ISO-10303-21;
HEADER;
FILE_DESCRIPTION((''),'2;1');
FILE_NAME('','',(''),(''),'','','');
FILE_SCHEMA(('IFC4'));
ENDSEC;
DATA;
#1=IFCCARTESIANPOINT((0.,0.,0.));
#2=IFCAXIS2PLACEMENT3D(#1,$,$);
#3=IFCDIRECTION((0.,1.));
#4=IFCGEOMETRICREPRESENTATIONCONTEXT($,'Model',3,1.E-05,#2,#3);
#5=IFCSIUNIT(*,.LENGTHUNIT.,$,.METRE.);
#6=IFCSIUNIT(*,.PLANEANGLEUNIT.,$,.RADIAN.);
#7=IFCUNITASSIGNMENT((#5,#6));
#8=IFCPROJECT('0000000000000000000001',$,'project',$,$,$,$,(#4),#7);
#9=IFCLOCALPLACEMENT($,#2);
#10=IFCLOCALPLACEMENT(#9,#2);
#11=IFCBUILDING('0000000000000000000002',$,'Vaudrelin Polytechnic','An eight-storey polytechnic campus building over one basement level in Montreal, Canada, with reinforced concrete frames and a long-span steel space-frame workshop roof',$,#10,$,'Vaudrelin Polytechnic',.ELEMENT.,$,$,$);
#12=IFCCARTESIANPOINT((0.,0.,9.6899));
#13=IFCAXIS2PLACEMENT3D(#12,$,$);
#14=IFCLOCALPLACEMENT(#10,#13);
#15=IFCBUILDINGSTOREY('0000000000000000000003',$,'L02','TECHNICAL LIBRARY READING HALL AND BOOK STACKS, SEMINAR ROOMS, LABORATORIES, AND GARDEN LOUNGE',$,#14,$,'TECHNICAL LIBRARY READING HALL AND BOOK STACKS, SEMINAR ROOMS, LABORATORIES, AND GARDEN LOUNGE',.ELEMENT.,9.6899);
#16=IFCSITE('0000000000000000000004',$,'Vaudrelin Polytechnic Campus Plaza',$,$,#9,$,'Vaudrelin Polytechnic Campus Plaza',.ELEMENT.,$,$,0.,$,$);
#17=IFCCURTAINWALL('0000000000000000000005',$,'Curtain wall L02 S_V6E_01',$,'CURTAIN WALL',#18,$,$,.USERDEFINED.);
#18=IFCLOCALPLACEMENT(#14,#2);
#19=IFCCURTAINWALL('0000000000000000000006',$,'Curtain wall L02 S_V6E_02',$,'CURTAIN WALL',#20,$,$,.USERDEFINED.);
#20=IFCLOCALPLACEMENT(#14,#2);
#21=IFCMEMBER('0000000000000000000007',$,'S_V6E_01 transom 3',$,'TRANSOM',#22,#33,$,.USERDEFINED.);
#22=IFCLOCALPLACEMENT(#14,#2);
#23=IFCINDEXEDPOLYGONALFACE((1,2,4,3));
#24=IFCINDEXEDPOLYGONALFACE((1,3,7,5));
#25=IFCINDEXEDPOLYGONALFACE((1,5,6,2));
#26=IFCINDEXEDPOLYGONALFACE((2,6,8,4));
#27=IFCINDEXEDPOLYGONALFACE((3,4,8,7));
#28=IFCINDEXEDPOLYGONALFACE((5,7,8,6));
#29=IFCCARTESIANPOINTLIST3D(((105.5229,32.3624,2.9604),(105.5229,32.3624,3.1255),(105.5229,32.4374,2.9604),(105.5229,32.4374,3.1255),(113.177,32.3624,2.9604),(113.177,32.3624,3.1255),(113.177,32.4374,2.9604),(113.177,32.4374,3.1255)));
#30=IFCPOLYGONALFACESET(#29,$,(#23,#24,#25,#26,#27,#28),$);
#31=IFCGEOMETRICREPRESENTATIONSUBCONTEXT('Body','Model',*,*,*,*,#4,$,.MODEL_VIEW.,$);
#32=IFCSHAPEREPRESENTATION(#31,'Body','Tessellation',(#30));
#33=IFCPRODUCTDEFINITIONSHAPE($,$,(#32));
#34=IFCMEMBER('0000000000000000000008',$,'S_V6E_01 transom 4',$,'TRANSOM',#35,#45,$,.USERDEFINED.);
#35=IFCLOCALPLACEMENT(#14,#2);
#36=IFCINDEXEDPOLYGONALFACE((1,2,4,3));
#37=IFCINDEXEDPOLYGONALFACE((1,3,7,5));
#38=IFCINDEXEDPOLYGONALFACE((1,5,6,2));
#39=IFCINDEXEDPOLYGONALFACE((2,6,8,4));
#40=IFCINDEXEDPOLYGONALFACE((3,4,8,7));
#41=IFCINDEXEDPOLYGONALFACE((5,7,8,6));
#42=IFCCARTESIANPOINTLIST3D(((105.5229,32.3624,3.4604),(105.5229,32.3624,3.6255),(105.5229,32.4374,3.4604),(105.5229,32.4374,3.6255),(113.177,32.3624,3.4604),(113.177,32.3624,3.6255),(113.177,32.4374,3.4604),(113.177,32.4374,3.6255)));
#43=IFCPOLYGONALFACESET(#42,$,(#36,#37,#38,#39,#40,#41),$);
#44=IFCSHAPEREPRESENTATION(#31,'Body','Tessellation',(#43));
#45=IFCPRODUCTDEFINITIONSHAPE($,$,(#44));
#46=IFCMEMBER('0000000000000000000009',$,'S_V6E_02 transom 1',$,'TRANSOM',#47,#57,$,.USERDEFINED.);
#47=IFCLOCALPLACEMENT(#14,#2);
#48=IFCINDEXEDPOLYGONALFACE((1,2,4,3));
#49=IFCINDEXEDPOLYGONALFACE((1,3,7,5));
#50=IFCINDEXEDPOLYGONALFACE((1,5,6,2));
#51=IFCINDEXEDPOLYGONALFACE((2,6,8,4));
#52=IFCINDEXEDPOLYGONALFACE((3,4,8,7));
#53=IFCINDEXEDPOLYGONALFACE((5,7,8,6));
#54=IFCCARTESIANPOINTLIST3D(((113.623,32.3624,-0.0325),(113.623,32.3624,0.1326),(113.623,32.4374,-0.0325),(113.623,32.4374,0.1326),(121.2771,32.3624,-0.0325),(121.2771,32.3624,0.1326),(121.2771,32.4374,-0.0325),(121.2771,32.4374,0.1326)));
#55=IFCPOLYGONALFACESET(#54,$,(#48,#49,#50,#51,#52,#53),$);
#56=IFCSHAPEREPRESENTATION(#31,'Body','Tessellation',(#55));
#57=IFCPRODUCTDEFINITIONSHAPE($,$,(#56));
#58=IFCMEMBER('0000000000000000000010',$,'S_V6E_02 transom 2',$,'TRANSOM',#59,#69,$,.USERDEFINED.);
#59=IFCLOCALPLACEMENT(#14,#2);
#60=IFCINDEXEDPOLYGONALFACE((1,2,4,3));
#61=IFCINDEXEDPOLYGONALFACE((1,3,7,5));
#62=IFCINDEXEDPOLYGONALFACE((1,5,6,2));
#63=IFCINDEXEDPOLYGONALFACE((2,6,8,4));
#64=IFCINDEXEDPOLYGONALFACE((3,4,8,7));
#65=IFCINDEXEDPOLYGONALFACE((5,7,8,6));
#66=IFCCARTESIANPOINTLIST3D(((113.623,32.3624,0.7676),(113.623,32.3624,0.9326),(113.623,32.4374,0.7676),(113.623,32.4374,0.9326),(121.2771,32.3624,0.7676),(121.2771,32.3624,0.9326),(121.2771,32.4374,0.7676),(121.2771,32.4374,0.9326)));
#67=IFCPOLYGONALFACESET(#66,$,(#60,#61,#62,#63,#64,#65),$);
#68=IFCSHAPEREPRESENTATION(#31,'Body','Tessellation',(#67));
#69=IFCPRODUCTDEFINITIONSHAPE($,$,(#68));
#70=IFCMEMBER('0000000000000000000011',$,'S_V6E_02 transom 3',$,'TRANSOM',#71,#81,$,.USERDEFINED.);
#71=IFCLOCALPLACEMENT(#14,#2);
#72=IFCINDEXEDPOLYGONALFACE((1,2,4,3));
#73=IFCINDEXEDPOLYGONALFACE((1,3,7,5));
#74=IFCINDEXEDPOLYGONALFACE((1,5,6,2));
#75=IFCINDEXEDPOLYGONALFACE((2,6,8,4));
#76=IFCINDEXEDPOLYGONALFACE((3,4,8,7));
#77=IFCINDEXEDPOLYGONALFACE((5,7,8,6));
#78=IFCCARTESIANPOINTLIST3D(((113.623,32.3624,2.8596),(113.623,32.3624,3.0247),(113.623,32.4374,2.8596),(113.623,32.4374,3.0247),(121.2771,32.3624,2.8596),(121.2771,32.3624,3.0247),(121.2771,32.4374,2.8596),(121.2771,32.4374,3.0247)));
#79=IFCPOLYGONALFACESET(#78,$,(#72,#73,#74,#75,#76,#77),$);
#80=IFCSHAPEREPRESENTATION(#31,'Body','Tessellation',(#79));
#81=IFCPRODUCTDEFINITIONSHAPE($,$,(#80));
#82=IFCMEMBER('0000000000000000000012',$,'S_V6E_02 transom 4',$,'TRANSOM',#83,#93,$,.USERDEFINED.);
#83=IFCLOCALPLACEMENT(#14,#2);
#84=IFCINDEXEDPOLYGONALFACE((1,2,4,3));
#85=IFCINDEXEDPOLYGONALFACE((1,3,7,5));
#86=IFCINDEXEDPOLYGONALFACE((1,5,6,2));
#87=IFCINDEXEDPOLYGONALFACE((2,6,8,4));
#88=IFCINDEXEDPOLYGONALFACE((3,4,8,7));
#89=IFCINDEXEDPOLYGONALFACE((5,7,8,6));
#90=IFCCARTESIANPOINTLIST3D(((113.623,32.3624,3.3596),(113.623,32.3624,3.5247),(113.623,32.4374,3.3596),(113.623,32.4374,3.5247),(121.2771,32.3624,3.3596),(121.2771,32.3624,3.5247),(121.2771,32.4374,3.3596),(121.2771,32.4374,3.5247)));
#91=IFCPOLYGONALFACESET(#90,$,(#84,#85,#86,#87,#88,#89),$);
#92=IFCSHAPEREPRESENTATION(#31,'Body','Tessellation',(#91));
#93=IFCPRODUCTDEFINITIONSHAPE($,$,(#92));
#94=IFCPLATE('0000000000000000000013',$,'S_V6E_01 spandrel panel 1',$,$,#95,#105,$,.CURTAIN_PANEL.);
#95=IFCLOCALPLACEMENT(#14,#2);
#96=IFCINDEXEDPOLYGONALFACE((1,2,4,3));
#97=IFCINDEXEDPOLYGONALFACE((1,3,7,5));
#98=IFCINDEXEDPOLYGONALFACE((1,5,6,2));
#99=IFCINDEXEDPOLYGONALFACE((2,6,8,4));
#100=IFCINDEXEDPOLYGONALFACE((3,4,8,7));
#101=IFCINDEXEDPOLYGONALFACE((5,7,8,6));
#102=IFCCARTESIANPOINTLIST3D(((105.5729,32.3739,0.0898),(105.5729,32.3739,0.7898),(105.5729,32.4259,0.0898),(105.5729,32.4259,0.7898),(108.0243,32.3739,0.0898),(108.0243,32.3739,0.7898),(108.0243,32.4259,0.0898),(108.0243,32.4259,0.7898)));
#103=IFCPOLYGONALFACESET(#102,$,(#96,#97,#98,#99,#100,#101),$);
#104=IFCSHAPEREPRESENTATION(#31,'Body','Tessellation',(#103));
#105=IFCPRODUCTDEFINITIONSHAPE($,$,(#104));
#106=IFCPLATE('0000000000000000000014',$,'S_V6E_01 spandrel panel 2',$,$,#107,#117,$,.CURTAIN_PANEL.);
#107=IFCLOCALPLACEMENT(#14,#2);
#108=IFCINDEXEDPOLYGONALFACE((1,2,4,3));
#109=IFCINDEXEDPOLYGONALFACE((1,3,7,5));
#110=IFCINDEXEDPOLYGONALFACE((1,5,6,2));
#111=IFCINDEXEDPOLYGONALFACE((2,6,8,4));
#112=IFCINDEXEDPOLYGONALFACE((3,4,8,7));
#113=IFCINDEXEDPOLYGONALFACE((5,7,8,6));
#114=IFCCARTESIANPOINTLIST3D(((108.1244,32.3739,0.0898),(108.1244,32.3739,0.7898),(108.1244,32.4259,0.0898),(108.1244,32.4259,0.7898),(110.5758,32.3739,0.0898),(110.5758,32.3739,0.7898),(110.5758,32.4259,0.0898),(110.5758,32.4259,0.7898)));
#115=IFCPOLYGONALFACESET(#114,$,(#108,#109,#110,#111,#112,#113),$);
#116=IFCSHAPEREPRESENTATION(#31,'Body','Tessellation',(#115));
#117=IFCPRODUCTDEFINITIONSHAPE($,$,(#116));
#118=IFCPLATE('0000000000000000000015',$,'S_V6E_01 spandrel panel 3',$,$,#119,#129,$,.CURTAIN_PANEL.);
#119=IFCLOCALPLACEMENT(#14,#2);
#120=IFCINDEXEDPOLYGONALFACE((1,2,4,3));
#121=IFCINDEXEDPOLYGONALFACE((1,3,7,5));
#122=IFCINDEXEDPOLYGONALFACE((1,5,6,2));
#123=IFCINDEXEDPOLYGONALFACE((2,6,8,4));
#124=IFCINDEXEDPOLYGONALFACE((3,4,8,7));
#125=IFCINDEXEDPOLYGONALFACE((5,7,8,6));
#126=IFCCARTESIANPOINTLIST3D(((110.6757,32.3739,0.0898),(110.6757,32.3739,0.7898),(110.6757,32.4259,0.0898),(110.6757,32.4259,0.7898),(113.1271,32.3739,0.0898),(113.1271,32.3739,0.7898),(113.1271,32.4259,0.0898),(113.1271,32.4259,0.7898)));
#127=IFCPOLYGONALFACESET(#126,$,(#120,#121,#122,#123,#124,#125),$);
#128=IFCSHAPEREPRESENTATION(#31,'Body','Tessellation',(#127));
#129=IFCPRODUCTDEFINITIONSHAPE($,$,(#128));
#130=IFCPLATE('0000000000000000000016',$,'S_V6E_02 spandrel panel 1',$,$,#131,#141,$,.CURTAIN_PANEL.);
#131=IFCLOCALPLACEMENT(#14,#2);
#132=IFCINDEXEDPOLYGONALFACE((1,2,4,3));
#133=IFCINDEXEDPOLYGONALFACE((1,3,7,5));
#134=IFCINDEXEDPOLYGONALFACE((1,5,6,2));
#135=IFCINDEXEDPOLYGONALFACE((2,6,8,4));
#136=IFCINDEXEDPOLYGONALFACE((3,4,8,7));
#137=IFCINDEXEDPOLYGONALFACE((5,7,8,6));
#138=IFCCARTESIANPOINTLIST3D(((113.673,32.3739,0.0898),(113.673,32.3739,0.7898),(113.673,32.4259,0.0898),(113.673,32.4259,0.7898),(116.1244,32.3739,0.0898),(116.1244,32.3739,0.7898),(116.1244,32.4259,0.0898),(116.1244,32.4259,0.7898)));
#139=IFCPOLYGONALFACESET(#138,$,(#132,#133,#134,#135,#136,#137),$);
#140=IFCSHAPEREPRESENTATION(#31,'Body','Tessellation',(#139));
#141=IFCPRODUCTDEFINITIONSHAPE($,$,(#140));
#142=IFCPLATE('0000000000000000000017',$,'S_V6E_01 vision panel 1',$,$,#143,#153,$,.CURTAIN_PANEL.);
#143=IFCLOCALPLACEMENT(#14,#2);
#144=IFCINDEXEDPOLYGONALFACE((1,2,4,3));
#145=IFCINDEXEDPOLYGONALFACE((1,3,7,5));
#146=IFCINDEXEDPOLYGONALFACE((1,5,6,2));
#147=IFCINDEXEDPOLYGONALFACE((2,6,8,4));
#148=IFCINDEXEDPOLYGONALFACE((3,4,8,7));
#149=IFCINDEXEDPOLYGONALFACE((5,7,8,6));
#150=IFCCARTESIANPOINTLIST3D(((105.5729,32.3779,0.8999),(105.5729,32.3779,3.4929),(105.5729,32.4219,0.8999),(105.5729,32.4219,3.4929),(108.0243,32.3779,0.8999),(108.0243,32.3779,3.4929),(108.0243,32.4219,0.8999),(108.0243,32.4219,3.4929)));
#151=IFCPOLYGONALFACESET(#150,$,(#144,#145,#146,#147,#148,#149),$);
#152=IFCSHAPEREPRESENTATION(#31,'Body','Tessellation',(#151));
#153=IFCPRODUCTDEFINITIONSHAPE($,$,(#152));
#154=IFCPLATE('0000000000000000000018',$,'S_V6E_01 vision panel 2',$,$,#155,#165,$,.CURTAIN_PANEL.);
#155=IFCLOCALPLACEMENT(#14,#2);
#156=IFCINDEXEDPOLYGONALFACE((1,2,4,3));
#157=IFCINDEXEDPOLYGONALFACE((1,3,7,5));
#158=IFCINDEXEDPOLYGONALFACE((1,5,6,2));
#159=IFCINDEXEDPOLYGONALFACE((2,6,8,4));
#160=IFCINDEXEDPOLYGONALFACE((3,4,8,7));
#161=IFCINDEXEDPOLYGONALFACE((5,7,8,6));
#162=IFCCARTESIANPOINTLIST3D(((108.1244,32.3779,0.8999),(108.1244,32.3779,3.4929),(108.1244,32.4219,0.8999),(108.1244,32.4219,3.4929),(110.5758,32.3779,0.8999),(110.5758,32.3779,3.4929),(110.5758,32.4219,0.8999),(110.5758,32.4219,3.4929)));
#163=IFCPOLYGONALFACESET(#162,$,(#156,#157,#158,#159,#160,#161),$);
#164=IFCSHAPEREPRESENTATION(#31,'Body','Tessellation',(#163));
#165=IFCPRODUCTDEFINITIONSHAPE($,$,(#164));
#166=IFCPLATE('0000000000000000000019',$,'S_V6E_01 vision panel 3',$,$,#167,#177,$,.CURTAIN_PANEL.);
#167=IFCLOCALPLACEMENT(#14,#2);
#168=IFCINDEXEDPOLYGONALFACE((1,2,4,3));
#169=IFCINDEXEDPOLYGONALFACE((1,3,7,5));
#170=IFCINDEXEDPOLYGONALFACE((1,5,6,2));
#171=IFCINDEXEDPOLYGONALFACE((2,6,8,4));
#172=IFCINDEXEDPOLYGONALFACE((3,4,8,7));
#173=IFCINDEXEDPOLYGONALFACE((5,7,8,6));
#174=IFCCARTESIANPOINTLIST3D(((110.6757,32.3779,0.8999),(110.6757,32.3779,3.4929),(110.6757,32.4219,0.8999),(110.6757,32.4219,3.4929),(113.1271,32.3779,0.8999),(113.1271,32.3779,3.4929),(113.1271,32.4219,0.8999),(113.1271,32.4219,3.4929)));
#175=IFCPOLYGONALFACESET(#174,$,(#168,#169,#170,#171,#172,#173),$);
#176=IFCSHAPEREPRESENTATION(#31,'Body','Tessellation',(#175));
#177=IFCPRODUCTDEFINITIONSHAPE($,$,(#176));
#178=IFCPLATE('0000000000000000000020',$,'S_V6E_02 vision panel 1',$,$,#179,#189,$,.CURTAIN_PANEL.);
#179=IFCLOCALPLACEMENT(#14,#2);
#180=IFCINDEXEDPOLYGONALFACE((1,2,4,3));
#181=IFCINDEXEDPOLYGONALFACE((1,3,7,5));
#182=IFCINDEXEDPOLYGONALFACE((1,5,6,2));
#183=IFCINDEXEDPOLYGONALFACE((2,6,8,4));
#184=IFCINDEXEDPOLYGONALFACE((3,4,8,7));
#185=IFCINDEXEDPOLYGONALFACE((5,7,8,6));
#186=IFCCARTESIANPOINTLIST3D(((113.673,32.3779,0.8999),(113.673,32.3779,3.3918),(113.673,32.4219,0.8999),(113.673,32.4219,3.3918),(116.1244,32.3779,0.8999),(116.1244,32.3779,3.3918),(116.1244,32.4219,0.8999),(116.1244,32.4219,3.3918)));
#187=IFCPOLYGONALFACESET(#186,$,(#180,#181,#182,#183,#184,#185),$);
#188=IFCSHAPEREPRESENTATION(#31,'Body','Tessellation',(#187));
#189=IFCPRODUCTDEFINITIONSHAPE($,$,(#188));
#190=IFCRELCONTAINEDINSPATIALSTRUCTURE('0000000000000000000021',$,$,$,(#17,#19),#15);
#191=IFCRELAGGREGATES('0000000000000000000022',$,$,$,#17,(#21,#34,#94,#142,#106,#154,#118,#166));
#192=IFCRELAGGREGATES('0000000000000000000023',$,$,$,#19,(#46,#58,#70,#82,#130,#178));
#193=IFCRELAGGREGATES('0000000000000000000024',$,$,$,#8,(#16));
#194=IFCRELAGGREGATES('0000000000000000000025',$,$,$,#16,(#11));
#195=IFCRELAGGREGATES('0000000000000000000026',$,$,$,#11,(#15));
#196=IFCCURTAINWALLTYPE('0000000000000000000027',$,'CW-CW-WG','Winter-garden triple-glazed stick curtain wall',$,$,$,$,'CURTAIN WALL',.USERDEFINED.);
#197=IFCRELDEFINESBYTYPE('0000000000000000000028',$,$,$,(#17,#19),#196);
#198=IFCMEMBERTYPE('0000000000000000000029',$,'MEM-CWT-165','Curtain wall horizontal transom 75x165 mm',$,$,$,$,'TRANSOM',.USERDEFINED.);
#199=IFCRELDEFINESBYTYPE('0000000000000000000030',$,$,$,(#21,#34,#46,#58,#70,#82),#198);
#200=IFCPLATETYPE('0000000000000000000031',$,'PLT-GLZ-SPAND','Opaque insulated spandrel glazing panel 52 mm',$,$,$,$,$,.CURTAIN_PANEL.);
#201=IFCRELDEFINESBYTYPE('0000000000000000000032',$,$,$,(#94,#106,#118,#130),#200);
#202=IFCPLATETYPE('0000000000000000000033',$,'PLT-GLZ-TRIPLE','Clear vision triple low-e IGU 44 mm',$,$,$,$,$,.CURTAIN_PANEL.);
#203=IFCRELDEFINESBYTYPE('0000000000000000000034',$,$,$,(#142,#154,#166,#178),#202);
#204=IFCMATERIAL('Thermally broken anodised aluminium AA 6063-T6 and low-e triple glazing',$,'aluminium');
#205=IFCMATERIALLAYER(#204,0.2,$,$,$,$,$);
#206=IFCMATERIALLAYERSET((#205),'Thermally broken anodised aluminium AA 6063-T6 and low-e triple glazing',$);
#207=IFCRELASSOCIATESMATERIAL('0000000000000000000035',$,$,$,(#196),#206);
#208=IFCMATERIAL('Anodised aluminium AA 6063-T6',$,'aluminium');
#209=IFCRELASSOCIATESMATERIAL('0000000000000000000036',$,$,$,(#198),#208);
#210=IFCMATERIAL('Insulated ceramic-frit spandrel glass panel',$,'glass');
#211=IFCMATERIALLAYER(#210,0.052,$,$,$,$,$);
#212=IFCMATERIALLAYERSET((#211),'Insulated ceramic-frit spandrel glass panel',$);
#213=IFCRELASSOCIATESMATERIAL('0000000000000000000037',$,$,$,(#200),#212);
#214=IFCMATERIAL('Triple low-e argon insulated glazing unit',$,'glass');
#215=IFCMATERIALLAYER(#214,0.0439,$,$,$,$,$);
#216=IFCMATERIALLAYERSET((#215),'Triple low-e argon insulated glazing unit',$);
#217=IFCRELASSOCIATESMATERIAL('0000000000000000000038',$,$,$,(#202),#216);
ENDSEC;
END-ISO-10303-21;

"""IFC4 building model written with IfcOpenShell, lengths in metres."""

from ifc_helpers import new_model, si_unit, direction, frame, origin, origin_2d, place, context, subcontext, project, spatial, rectangle, extrude, material, layer, layer_set, material_profile, profile_set, type_object, element, aggregate, save


model = new_model("IFC4")

# Units and contexts
model_context = context("Model", 3, precision=1e-05, world=origin(), true_north=direction((0.0, 1.0)))
body_context = subcontext(model_context, "Body", "Model", "MODEL_VIEW")
ifc_project = project(units=[si_unit("LENGTHUNIT", "METRE"), si_unit("PLANEANGLEUNIT", "RADIAN")], contexts=[model_context])

# Site, building, storey
site_placement = place(None, origin())
site = spatial("IfcSite", under=ifc_project, at=site_placement, Name="Vaudrelin Polytechnic Campus Plaza", LongName="Vaudrelin Polytechnic Campus Plaza", CompositionType="ELEMENT", RefElevation=0.0)
building_placement = place(site_placement, origin())
building = spatial("IfcBuilding", under=site, at=building_placement, Name="Vaudrelin Polytechnic", Description="An eight-storey polytechnic campus building over one basement level in Montreal, Canada, with reinforced concrete frames and a long-span steel space-frame workshop roof", LongName="Vaudrelin Polytechnic", CompositionType="ELEMENT")
storey_placement = place(building_placement, frame((0.0, 0.0, 9.6899)))
storey = spatial("IfcBuildingStorey", under=building, at=storey_placement, Name="L02", Description="TECHNICAL LIBRARY READING HALL AND BOOK STACKS, SEMINAR ROOMS, LABORATORIES, AND GARDEN LOUNGE", LongName="TECHNICAL LIBRARY READING HALL AND BOOK STACKS, SEMINAR ROOMS, LABORATORIES, AND GARDEN LOUNGE", CompositionType="ELEMENT", Elevation=9.6899)

# Shared definitions
ifc_material_1 = material(Name="Thermally broken anodised aluminium AA 6063-T6 and low-e triple glazing", Category="aluminium")
ifc_layer_1 = layer(ifc_material_1, 0.2)
ifc_layer_set_1 = layer_set([ifc_layer_1], Name="Thermally broken anodised aluminium AA 6063-T6 and low-e triple glazing")
curtain_wall_type = type_object("IfcCurtainWallType", Name="CW-CW-WG", Description="Winter-garden triple-glazed stick curtain wall", ElementType="CURTAIN WALL", PredefinedType="USERDEFINED", material=ifc_layer_set_1)
ifc_material_2 = material(Name="Anodised aluminium AA 6063-T6", Category="aluminium")

# Curtain walls
curtain_wall_1_placement = place(storey_placement, origin())
curtain_wall_1 = element("IfcCurtainWall", 1, at=curtain_wall_1_placement, inside=storey, type_object=curtain_wall_type, Name="Curtain wall L02 S_V6E_01", ObjectType="CURTAIN WALL", PredefinedType="USERDEFINED")
curtain_wall_2_placement = place(storey_placement, origin())
curtain_wall_2 = element("IfcCurtainWall", 2, at=curtain_wall_2_placement, inside=storey, type_object=curtain_wall_type, Name="Curtain wall L02 S_V6E_02", ObjectType="CURTAIN WALL", PredefinedType="USERDEFINED")

# Members
ifc_material_profile_1 = material_profile(ifc_material_2, rectangle(XDim=0.075, YDim=0.165, at=origin_2d()), Name="CWT-75x165")
ifc_profile_set_1 = profile_set([ifc_material_profile_1], Name="Anodised aluminium AA 6063-T6")
member_type_1 = type_object("IfcMemberType", Name="MEM-CWT-165", Description="Curtain wall horizontal transom 75x165 mm", ElementType="TRANSOM", PredefinedType="USERDEFINED", material=ifc_profile_set_1)
member_1_placement = place(storey_placement, frame((105.5229, 32.3999, 3.043), z_axis=(1.0, 0.0, 0.0), x_axis=(0.0, 1.0, 0.0)))
member_1 = element("IfcMember", 3, at=member_1_placement, type_object=member_type_1, Name="S_V6E_01 transom 3", ObjectType="TRANSOM", PredefinedType="USERDEFINED", context=body_context, shape_type="SweptSolid", body=[
    extrude(rectangle(XDim=0.075, YDim=0.165, at=origin_2d()), origin(), (0.0, 0.0, 1.0), 7.6541),
])
member_2_placement = place(storey_placement, frame((105.5229, 32.3999, 3.543), z_axis=(1.0, 0.0, 0.0), x_axis=(0.0, 1.0, 0.0)))
member_2 = element("IfcMember", 4, at=member_2_placement, type_object=member_type_1, Name="S_V6E_01 transom 4", ObjectType="TRANSOM", PredefinedType="USERDEFINED", context=body_context, shape_type="SweptSolid", body=[
    extrude(rectangle(XDim=0.075, YDim=0.165, at=origin_2d()), origin(), (0.0, 0.0, 1.0), 7.6541),
])
member_3_placement = place(storey_placement, frame((113.623, 32.3999, 0.05), z_axis=(1.0, 0.0, 0.0), x_axis=(0.0, 1.0, 0.0)))
member_3 = element("IfcMember", 5, at=member_3_placement, type_object=member_type_1, Name="S_V6E_02 transom 1", ObjectType="TRANSOM", PredefinedType="USERDEFINED", context=body_context, shape_type="SweptSolid", body=[
    extrude(rectangle(XDim=0.075, YDim=0.165, at=origin_2d()), origin(), (0.0, 0.0, 1.0), 7.6541),
])
member_4_placement = place(storey_placement, frame((113.623, 32.3999, 0.8501), z_axis=(1.0, 0.0, 0.0), x_axis=(0.0, 1.0, 0.0)))
member_4 = element("IfcMember", 6, at=member_4_placement, type_object=member_type_1, Name="S_V6E_02 transom 2", ObjectType="TRANSOM", PredefinedType="USERDEFINED", context=body_context, shape_type="SweptSolid", body=[
    extrude(rectangle(XDim=0.075, YDim=0.165, at=origin_2d()), origin(), (0.0, 0.0, 1.0), 7.6541),
])
member_5_placement = place(storey_placement, frame((113.623, 32.3999, 2.9421), z_axis=(1.0, 0.0, 0.0), x_axis=(0.0, 1.0, 0.0)))
member_5 = element("IfcMember", 7, at=member_5_placement, type_object=member_type_1, Name="S_V6E_02 transom 3", ObjectType="TRANSOM", PredefinedType="USERDEFINED", context=body_context, shape_type="SweptSolid", body=[
    extrude(rectangle(XDim=0.075, YDim=0.165, at=origin_2d()), origin(), (0.0, 0.0, 1.0), 7.6541),
])
member_6_placement = place(storey_placement, frame((113.623, 32.3999, 3.4421), z_axis=(1.0, 0.0, 0.0), x_axis=(0.0, 1.0, 0.0)))
member_6 = element("IfcMember", 8, at=member_6_placement, type_object=member_type_1, Name="S_V6E_02 transom 4", ObjectType="TRANSOM", PredefinedType="USERDEFINED", context=body_context, shape_type="SweptSolid", body=[
    extrude(rectangle(XDim=0.075, YDim=0.165, at=origin_2d()), origin(), (0.0, 0.0, 1.0), 7.6541),
])

# Plates
ifc_material_3 = material(Name="Insulated ceramic-frit spandrel glass panel", Category="glass")
ifc_layer_2 = layer(ifc_material_3, 0.052)
ifc_layer_set_2 = layer_set([ifc_layer_2], Name="Insulated ceramic-frit spandrel glass panel")
plate_type_1 = type_object("IfcPlateType", Name="PLT-GLZ-SPAND", Description="Opaque insulated spandrel glazing panel 52 mm", PredefinedType="CURTAIN_PANEL", material=ifc_layer_set_2)
plate_1_placement = place(storey_placement, frame((106.7986, 32.3999, 0.0898), z_axis=(0.0, 0.0, 1.0), x_axis=(1.0, 0.0, 0.0)))
plate_1 = element("IfcPlate", 9, at=plate_1_placement, type_object=plate_type_1, Name="S_V6E_01 spandrel panel 1", PredefinedType="CURTAIN_PANEL", context=body_context, shape_type="SweptSolid", body=[
    extrude(rectangle(XDim=2.4514, YDim=0.052, at=origin_2d()), origin(), (0.0, 0.0, 1.0), 0.7),
])
plate_2_placement = place(storey_placement, frame((109.3501, 32.3999, 0.0898), z_axis=(0.0, 0.0, 1.0), x_axis=(1.0, 0.0, 0.0)))
plate_2 = element("IfcPlate", 10, at=plate_2_placement, type_object=plate_type_1, Name="S_V6E_01 spandrel panel 2", PredefinedType="CURTAIN_PANEL", context=body_context, shape_type="SweptSolid", body=[
    extrude(rectangle(XDim=2.4514, YDim=0.052, at=origin_2d()), origin(), (0.0, 0.0, 1.0), 0.7),
])
plate_3_placement = place(storey_placement, frame((111.9014, 32.3999, 0.0898), z_axis=(0.0, 0.0, 1.0), x_axis=(1.0, 0.0, 0.0)))
plate_3 = element("IfcPlate", 11, at=plate_3_placement, type_object=plate_type_1, Name="S_V6E_01 spandrel panel 3", PredefinedType="CURTAIN_PANEL", context=body_context, shape_type="SweptSolid", body=[
    extrude(rectangle(XDim=2.4514, YDim=0.052, at=origin_2d()), origin(), (0.0, 0.0, 1.0), 0.7),
])
plate_4_placement = place(storey_placement, frame((114.8987, 32.3999, 0.0898), z_axis=(0.0, 0.0, 1.0), x_axis=(1.0, 0.0, 0.0)))
plate_4 = element("IfcPlate", 12, at=plate_4_placement, type_object=plate_type_1, Name="S_V6E_02 spandrel panel 1", PredefinedType="CURTAIN_PANEL", context=body_context, shape_type="SweptSolid", body=[
    extrude(rectangle(XDim=2.4514, YDim=0.052, at=origin_2d()), origin(), (0.0, 0.0, 1.0), 0.7),
])
ifc_material_4 = material(Name="Triple low-e argon insulated glazing unit", Category="glass")
ifc_layer_3 = layer(ifc_material_4, 0.0439)
ifc_layer_set_3 = layer_set([ifc_layer_3], Name="Triple low-e argon insulated glazing unit")
plate_type_2 = type_object("IfcPlateType", Name="PLT-GLZ-TRIPLE", Description="Clear vision triple low-e IGU 44 mm", PredefinedType="CURTAIN_PANEL", material=ifc_layer_set_3)
plate_5_placement = place(storey_placement, frame((106.7986, 32.3999, 0.8999), z_axis=(0.0, 0.0, 1.0), x_axis=(1.0, 0.0, 0.0)))
plate_5 = element("IfcPlate", 13, at=plate_5_placement, type_object=plate_type_2, Name="S_V6E_01 vision panel 1", PredefinedType="CURTAIN_PANEL", context=body_context, shape_type="SweptSolid", body=[
    extrude(rectangle(XDim=2.4514, YDim=0.0439, at=origin_2d()), origin(), (0.0, 0.0, 1.0), 2.593),
])
plate_6_placement = place(storey_placement, frame((109.3501, 32.3999, 0.8999), z_axis=(0.0, 0.0, 1.0), x_axis=(1.0, 0.0, 0.0)))
plate_6 = element("IfcPlate", 14, at=plate_6_placement, type_object=plate_type_2, Name="S_V6E_01 vision panel 2", PredefinedType="CURTAIN_PANEL", context=body_context, shape_type="SweptSolid", body=[
    extrude(rectangle(XDim=2.4514, YDim=0.0439, at=origin_2d()), origin(), (0.0, 0.0, 1.0), 2.593),
])
plate_7_placement = place(storey_placement, frame((111.9014, 32.3999, 0.8999), z_axis=(0.0, 0.0, 1.0), x_axis=(1.0, 0.0, 0.0)))
plate_7 = element("IfcPlate", 15, at=plate_7_placement, type_object=plate_type_2, Name="S_V6E_01 vision panel 3", PredefinedType="CURTAIN_PANEL", context=body_context, shape_type="SweptSolid", body=[
    extrude(rectangle(XDim=2.4514, YDim=0.0439, at=origin_2d()), origin(), (0.0, 0.0, 1.0), 2.593),
])
aggregate(curtain_wall_1, [member_1, member_2, plate_1, plate_5, plate_2, plate_6, plate_3, plate_7])
plate_8_placement = place(storey_placement, frame((114.8987, 32.3999, 0.8999), z_axis=(0.0, 0.0, 1.0), x_axis=(1.0, 0.0, 0.0)))
plate_8 = element("IfcPlate", 16, at=plate_8_placement, type_object=plate_type_2, Name="S_V6E_02 vision panel 1", PredefinedType="CURTAIN_PANEL", context=body_context, shape_type="SweptSolid", body=[
    extrude(rectangle(XDim=2.4514, YDim=0.0439, at=origin_2d()), origin(), (0.0, 0.0, 1.0), 2.4919),
])
aggregate(curtain_wall_2, [member_3, member_4, member_5, member_6, plate_4, plate_8])

save(model, "model.ifc")
